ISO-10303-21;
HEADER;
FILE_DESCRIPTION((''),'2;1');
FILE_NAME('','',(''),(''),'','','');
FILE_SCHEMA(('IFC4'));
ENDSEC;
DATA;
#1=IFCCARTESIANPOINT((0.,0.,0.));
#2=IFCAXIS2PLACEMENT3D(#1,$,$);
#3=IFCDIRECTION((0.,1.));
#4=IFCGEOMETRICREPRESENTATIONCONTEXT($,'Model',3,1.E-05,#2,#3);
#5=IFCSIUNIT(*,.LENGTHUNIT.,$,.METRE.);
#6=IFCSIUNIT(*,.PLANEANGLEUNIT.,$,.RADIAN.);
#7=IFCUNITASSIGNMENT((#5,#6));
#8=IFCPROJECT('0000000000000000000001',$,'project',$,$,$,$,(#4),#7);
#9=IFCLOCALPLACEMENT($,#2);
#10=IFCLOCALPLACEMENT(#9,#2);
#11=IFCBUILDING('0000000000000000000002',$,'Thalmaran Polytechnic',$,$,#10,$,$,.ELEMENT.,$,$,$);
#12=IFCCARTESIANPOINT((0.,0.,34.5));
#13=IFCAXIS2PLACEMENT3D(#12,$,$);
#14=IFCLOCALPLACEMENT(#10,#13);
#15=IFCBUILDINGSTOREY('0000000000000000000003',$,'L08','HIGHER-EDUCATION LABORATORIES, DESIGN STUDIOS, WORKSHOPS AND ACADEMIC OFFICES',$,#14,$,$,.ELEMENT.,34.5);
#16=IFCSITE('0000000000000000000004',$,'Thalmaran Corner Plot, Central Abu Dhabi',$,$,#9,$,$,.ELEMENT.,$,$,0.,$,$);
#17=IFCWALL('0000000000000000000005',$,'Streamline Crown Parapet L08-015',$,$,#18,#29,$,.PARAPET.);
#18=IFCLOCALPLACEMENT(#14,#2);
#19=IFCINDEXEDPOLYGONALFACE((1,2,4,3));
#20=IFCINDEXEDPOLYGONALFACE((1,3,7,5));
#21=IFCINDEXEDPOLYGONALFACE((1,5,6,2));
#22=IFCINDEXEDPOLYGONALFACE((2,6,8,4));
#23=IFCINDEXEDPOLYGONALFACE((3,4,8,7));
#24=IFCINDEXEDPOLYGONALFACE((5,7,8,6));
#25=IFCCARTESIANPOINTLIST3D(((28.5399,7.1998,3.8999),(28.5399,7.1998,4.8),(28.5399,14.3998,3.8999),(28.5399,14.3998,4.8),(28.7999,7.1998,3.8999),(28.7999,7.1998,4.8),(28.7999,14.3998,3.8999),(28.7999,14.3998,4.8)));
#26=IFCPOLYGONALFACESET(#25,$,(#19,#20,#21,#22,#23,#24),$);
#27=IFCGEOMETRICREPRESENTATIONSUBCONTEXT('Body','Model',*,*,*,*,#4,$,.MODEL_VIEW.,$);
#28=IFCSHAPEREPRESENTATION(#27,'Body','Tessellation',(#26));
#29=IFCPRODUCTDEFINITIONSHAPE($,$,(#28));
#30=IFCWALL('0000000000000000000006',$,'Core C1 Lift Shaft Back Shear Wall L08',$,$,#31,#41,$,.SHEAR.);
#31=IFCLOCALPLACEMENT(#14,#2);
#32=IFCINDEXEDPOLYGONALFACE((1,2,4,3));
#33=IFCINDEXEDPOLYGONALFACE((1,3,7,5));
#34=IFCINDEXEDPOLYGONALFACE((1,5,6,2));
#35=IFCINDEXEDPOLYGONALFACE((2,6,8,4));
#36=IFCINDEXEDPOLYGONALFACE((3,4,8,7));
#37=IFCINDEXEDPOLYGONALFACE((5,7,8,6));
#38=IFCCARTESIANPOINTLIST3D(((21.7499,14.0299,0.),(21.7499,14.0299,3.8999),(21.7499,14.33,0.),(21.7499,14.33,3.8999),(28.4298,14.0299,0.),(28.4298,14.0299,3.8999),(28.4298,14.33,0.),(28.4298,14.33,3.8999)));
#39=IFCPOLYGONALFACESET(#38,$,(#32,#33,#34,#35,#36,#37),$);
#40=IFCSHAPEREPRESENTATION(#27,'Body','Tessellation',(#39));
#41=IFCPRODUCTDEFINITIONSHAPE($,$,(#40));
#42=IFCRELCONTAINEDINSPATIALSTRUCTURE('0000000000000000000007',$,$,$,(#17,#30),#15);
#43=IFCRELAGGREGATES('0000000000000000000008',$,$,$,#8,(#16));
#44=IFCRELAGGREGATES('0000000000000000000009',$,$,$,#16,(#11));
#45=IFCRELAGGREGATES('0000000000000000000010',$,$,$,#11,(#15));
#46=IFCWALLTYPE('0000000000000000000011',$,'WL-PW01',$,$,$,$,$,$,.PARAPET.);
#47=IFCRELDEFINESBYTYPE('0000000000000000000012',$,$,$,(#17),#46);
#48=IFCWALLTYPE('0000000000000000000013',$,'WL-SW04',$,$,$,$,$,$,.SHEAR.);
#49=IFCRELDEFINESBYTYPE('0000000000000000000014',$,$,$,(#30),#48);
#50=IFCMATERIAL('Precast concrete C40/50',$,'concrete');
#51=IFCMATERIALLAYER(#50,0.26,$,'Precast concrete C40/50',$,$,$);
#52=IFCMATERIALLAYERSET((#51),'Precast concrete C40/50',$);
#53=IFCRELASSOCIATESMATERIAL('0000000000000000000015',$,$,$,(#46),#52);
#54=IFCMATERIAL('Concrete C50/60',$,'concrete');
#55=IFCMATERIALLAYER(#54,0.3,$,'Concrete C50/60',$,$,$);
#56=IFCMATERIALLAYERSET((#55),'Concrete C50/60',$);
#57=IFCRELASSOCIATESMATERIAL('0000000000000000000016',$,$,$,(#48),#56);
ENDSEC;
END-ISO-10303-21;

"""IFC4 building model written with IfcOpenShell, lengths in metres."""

from ifc_helpers import new_model, si_unit, direction, frame, frame_2d, origin, place, context, subcontext, project, spatial, rectangle, extrude, material, layer, layer_set, type_object, element, save


model = new_model("IFC4")

# Units and contexts
model_context = context("Model", 3, precision=1e-05, world=origin(), true_north=direction((0.0, 1.0)))
body_context = subcontext(model_context, "Body", "Model", "MODEL_VIEW")
ifc_project = project(units=[si_unit("LENGTHUNIT", "METRE"), si_unit("PLANEANGLEUNIT", "RADIAN")], contexts=[model_context])

# Site, building, storey
site_placement = place(None, origin())
site = spatial("IfcSite", under=ifc_project, at=site_placement, Name="Thalmaran Corner Plot, Central Abu Dhabi", CompositionType="ELEMENT", RefElevation=0.0)
building_placement = place(site_placement, origin())
building = spatial("IfcBuilding", under=site, at=building_placement, Name="Thalmaran Polytechnic", CompositionType="ELEMENT")
storey_placement = place(building_placement, frame((0.0, 0.0, 34.5)))
storey = spatial("IfcBuildingStorey", under=building, at=storey_placement, Name="L08", Description="HIGHER-EDUCATION LABORATORIES, DESIGN STUDIOS, WORKSHOPS AND ACADEMIC OFFICES", CompositionType="ELEMENT", Elevation=34.5)

# Shared definitions
ifc_material_1 = material(Name="Precast concrete C40/50", Category="concrete")

# Walls
ifc_layer_1 = layer(ifc_material_1, 0.26, Name="Precast concrete C40/50")
ifc_layer_set_1 = layer_set([ifc_layer_1], Name="Precast concrete C40/50")
wall_type_1 = type_object("IfcWallType", Name="WL-PW01", PredefinedType="PARAPET", material=ifc_layer_set_1)
wall_1_placement = place(storey_placement, frame((28.6699, 14.3999, 3.8999), z_axis=(0.0, 0.0, 1.0), x_axis=(0.0, -1.0, 0.0)))
element("IfcWall", 1, at=wall_1_placement, inside=storey, type_object=wall_type_1, Name="Streamline Crown Parapet L08-015", PredefinedType="PARAPET", context=body_context, shape_type="SweptSolid", body=[
    extrude(rectangle(XDim=7.2, YDim=0.26, at=frame_2d((3.6001, 0.0))), origin(), (0.0, 0.0, 1.0), 0.9001),
])
ifc_material_2 = material(Name="Concrete C50/60", Category="concrete")
ifc_layer_2 = layer(ifc_material_2, 0.3, Name="Concrete C50/60")
ifc_layer_set_2 = layer_set([ifc_layer_2], Name="Concrete C50/60")
wall_type_2 = type_object("IfcWallType", Name="WL-SW04", PredefinedType="SHEAR", material=ifc_layer_set_2)
wall_2_placement = place(storey_placement, frame((21.75, 14.1799, 0.0), z_axis=(0.0, 0.0, 1.0), x_axis=(1.0, 0.0, 0.0)))
element("IfcWall", 2, at=wall_2_placement, inside=storey, type_object=wall_type_2, Name="Core C1 Lift Shaft Back Shear Wall L08", PredefinedType="SHEAR", context=body_context, shape_type="SweptSolid", body=[
    extrude(rectangle(XDim=6.6799, YDim=0.3, at=frame_2d((3.3398, 0.0))), origin(), (0.0, 0.0, 1.0), 3.8999),
])

save(model, "model.ifc")
